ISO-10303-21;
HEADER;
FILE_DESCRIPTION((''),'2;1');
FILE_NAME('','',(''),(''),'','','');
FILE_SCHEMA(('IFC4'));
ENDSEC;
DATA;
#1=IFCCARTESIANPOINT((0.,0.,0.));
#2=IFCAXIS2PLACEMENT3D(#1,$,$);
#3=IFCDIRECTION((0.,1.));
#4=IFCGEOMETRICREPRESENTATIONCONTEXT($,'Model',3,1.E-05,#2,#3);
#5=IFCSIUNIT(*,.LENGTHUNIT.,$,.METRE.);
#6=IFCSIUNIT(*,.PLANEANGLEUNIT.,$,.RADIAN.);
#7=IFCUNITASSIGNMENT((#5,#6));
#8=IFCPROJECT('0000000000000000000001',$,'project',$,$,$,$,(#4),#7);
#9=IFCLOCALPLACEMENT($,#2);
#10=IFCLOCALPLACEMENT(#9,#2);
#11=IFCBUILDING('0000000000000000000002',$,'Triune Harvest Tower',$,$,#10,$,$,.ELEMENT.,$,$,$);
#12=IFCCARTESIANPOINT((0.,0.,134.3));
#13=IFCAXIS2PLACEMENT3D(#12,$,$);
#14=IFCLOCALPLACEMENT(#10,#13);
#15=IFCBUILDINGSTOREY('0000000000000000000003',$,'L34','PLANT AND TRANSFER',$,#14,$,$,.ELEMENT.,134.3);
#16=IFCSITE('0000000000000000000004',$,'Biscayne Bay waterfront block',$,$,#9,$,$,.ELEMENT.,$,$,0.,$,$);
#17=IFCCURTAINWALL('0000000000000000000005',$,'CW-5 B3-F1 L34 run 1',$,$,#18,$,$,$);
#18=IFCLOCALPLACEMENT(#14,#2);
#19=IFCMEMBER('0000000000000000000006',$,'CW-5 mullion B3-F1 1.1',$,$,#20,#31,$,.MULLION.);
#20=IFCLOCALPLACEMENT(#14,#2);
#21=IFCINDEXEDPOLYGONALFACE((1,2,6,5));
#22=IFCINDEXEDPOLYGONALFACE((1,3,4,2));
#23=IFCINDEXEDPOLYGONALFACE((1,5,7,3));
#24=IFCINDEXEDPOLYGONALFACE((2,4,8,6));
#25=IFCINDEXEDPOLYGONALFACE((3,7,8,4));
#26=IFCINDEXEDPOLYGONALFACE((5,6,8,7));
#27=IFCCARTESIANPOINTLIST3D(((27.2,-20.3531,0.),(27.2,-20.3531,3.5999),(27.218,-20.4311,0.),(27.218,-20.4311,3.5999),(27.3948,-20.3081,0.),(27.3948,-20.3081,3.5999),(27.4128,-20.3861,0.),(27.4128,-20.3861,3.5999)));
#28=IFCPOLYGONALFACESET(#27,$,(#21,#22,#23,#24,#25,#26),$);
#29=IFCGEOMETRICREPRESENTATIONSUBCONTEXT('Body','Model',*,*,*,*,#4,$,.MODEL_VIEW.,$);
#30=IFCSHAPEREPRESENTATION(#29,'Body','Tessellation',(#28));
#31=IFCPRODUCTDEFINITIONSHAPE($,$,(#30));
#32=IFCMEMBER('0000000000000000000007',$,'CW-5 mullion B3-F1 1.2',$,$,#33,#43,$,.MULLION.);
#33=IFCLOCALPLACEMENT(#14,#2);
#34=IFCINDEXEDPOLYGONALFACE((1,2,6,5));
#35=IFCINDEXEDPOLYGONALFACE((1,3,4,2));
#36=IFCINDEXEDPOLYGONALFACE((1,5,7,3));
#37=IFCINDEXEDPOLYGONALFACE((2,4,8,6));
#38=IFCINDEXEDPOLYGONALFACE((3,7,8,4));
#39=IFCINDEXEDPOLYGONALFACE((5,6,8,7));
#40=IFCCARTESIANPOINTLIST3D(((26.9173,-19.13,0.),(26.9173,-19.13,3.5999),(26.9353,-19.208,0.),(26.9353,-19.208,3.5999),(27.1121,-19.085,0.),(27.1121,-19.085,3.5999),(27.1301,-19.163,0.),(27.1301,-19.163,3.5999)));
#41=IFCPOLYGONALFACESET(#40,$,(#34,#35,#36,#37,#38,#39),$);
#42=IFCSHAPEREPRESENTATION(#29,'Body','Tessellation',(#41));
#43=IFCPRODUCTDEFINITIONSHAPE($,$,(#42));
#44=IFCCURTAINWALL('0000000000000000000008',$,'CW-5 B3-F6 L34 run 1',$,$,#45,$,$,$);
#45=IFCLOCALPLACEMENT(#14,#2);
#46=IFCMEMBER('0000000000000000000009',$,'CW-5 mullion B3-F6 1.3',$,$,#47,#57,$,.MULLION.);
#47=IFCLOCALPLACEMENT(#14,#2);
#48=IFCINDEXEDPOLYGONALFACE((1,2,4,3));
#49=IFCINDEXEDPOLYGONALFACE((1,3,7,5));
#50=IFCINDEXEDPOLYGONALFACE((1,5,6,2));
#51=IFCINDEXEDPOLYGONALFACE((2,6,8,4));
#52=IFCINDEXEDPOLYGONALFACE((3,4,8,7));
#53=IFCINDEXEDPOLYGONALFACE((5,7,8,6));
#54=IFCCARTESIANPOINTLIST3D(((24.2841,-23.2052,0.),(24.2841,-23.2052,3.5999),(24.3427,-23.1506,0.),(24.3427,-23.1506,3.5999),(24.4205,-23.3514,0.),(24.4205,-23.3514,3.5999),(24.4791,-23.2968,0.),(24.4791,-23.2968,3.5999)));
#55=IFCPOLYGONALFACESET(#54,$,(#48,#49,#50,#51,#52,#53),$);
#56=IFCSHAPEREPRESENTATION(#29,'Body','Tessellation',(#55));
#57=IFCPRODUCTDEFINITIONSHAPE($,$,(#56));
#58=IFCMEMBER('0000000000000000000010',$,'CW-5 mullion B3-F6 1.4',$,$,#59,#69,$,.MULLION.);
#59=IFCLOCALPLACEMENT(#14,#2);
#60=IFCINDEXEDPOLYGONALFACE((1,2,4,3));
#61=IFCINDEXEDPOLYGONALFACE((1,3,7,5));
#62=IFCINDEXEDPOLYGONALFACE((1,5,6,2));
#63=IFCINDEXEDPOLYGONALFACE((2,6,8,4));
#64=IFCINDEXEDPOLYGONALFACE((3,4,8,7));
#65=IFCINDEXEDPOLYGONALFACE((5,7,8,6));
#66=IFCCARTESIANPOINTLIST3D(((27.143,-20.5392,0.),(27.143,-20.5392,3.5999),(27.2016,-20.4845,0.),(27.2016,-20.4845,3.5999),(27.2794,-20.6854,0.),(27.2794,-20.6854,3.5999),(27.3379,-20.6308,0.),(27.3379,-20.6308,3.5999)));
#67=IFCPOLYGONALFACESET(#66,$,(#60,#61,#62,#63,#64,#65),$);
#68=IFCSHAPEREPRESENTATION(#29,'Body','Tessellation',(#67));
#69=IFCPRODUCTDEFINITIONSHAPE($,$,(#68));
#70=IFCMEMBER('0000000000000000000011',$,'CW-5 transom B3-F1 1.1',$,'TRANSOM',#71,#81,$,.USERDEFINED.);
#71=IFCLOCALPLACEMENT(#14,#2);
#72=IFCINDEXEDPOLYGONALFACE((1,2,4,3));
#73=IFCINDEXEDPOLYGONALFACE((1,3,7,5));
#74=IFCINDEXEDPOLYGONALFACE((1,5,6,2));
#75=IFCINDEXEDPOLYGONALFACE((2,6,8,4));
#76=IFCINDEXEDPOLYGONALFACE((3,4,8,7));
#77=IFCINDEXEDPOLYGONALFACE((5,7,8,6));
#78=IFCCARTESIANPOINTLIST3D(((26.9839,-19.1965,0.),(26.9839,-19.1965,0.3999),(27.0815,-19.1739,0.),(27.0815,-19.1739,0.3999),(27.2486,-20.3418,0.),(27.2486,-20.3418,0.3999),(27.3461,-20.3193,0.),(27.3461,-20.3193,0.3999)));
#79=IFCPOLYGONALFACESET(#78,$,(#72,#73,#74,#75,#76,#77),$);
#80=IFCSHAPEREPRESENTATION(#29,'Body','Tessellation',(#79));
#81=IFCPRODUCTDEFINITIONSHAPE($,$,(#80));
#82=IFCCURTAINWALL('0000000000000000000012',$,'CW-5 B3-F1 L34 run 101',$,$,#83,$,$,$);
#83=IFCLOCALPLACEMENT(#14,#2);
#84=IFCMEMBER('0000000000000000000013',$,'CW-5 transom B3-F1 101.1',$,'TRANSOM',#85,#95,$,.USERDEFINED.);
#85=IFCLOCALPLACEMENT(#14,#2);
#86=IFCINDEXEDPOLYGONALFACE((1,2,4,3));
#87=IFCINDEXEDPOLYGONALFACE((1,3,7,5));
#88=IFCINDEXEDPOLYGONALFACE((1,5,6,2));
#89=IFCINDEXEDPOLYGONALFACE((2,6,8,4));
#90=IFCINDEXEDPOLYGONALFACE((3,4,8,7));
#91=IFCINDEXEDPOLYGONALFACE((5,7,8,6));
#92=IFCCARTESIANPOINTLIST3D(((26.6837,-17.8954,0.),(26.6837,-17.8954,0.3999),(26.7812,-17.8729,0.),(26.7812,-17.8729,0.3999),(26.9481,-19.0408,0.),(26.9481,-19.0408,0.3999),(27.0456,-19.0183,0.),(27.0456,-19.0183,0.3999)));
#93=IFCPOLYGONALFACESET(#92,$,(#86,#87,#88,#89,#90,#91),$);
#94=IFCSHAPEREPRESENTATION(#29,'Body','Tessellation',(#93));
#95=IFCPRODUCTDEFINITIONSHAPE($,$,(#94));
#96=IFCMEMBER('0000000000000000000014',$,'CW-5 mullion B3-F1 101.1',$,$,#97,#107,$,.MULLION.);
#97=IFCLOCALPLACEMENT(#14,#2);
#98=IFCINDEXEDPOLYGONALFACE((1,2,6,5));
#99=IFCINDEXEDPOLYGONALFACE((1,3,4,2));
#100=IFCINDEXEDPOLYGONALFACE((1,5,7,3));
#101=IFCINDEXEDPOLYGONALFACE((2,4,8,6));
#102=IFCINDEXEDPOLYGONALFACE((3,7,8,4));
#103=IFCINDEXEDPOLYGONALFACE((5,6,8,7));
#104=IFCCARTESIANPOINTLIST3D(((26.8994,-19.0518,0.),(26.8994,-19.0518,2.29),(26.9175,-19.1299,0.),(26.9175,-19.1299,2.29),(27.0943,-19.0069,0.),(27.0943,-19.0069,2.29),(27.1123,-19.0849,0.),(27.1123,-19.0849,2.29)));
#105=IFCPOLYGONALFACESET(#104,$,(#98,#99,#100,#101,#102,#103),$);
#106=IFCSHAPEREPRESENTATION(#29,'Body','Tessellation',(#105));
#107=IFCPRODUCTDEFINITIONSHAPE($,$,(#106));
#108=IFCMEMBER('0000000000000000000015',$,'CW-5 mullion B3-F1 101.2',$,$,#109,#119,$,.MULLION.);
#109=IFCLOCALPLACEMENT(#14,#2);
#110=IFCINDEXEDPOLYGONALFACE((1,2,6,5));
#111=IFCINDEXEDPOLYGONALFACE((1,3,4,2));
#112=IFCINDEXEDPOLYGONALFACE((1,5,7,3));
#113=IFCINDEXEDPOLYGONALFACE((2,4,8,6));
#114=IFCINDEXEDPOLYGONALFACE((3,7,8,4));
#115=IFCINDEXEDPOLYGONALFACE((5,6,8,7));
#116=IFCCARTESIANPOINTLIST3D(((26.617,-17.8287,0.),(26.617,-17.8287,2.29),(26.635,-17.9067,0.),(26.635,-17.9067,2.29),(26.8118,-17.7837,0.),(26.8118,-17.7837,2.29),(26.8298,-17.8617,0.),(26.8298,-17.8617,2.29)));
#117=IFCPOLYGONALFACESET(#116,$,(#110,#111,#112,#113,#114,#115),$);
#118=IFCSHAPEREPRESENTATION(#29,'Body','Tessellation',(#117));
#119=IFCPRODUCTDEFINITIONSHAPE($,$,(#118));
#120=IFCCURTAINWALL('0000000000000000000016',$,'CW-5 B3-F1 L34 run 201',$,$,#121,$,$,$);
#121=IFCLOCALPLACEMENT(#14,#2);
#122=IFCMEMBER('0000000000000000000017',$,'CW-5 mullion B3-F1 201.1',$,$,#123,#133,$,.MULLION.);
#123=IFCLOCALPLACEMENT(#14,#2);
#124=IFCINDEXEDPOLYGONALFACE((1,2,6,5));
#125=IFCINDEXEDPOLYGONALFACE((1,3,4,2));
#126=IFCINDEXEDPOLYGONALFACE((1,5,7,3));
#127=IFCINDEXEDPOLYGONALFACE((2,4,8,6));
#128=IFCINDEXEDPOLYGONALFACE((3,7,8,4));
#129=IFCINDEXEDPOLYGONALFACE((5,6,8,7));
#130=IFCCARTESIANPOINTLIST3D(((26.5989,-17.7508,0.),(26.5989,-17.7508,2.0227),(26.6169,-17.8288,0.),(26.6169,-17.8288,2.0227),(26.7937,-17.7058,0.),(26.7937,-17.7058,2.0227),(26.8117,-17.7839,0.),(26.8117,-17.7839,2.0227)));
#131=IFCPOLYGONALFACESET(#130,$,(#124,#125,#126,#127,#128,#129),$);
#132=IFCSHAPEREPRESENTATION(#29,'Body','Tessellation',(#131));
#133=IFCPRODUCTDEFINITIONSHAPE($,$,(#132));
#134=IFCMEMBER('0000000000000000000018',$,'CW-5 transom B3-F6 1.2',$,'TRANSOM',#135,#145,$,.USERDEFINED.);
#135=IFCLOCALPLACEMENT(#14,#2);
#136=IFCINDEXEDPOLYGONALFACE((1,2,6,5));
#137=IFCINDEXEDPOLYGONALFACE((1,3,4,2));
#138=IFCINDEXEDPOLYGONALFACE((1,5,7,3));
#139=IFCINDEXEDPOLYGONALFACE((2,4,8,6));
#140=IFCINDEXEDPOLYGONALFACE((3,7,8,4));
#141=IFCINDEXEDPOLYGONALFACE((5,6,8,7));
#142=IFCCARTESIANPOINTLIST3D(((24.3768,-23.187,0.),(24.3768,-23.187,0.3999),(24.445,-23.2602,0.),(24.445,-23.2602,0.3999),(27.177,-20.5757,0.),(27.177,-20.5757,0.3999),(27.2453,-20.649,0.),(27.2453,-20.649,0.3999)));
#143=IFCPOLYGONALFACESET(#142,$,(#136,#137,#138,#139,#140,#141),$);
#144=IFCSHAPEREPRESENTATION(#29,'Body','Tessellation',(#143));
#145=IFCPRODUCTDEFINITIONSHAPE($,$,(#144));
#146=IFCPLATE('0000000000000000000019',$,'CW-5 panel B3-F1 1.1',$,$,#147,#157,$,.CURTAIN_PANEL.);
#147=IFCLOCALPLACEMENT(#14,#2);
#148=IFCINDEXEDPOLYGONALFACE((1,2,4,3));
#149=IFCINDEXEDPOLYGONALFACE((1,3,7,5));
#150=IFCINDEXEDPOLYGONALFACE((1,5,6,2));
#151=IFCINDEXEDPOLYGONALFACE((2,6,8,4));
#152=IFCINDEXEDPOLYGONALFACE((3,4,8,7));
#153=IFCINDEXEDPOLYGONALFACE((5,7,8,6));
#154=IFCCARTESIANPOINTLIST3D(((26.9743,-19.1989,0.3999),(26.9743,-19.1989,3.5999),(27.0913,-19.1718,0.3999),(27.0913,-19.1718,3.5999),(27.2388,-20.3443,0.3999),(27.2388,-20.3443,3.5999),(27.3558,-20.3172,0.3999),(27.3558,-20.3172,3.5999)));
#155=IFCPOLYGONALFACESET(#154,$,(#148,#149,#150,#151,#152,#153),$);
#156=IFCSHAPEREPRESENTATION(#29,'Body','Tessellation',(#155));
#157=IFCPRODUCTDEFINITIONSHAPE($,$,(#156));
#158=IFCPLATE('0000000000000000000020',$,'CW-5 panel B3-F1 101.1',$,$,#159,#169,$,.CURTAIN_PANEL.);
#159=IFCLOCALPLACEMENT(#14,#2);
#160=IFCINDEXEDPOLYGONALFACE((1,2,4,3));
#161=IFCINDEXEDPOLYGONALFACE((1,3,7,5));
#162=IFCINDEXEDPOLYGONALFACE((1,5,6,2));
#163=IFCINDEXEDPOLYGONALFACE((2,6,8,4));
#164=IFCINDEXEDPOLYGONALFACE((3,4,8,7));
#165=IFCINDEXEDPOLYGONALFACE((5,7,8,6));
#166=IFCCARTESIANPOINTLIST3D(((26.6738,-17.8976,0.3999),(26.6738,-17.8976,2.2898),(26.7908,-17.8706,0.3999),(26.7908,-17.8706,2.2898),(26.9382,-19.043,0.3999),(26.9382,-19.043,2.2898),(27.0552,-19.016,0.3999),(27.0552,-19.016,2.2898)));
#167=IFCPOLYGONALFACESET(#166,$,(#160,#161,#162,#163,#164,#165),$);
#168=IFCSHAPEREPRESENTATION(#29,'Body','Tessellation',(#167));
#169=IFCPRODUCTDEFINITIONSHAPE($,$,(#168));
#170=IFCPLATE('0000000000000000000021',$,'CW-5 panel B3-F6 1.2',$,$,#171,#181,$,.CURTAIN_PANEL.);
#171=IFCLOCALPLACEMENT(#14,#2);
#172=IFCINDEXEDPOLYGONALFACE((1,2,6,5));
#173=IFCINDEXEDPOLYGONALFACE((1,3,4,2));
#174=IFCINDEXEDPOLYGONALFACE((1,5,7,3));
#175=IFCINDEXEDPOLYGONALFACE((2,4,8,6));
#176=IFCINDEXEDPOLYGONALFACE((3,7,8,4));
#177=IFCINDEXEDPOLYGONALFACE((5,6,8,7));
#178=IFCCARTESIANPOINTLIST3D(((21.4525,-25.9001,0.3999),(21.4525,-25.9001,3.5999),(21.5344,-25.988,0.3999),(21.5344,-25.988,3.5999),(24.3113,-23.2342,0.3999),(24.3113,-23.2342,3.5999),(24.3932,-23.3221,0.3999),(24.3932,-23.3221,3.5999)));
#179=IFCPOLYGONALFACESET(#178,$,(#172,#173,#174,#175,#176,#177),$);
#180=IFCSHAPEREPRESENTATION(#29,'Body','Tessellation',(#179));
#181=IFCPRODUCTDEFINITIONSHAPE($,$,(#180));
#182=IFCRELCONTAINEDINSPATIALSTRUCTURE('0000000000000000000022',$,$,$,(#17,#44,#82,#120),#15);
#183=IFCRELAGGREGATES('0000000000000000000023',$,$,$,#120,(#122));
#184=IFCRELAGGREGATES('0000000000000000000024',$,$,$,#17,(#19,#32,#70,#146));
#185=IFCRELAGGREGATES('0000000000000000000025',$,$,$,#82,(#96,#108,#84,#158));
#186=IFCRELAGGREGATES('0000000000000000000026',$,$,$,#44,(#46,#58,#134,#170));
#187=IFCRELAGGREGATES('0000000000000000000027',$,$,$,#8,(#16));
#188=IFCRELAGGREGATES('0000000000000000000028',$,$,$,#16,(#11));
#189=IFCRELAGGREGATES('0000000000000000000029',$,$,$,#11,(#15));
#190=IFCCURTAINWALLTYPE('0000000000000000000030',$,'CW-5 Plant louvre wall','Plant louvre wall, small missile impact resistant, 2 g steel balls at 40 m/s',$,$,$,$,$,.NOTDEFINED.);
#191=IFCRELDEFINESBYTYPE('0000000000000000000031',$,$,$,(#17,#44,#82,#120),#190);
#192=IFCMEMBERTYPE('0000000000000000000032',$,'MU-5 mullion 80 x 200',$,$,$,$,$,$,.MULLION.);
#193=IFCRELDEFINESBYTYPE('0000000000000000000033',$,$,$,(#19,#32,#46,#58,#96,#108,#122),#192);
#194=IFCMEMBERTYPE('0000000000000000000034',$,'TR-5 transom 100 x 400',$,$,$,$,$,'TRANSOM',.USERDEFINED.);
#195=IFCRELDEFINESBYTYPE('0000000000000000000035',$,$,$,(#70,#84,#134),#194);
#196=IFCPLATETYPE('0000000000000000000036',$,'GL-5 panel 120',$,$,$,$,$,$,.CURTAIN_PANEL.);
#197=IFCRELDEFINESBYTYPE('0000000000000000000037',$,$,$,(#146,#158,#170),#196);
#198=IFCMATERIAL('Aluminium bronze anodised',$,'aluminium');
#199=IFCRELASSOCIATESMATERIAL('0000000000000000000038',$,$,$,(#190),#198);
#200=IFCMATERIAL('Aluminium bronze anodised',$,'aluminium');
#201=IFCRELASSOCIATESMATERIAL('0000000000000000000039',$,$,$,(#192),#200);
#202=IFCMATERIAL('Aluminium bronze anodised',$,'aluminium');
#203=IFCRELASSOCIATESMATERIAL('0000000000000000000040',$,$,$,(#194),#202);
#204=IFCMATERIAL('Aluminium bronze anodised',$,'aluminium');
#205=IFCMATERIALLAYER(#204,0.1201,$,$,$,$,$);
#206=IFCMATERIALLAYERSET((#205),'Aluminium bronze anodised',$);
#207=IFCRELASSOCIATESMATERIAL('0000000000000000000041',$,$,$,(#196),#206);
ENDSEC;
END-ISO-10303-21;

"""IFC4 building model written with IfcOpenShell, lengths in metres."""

from ifc_helpers import new_model, si_unit, direction, frame, origin, origin_2d, place, context, subcontext, project, spatial, rectangle, extrude, source, transform, mapped, material, layer, layer_set, material_profile, profile_set, type_object, element, aggregate, save


model = new_model("IFC4")

# Units and contexts
model_context = context("Model", 3, precision=1e-05, world=origin(), true_north=direction((0.0, 1.0)))
body_context = subcontext(model_context, "Body", "Model", "MODEL_VIEW")
ifc_project = project(units=[si_unit("LENGTHUNIT", "METRE"), si_unit("PLANEANGLEUNIT", "RADIAN")], contexts=[model_context])

# Site, building, storey
site_placement = place(None, origin())
site = spatial("IfcSite", under=ifc_project, at=site_placement, Name="Biscayne Bay waterfront block", CompositionType="ELEMENT", RefElevation=0.0)
building_placement = place(site_placement, origin())
building = spatial("IfcBuilding", under=site, at=building_placement, Name="Triune Harvest Tower", CompositionType="ELEMENT")
storey_placement = place(building_placement, frame((0.0, 0.0, 134.3)))
storey = spatial("IfcBuildingStorey", under=building, at=storey_placement, Name="L34", Description="PLANT AND TRANSFER", CompositionType="ELEMENT", Elevation=134.3)

# Curtain walls, members
ifc_material_1 = material(Name="Aluminium bronze anodised", Category="aluminium")
curtain_wall_type = type_object("IfcCurtainWallType", Name="CW-5 Plant louvre wall", Description="Plant louvre wall, small missile impact resistant, 2 g steel balls at 40 m/s", PredefinedType="NOTDEFINED", material=ifc_material_1)
curtain_wall_1_placement = place(storey_placement, origin())
curtain_wall_1 = element("IfcCurtainWall", 1, at=curtain_wall_1_placement, inside=storey, type_object=curtain_wall_type, Name="CW-5 B3-F1 L34 run 1")
ifc_material_2 = material(Name="Aluminium bronze anodised", Category="aluminium")
ifc_material_profile_1 = material_profile(ifc_material_2, rectangle(XDim=0.2, YDim=0.0801, at=origin_2d()), Name="MU-5 mullion 80 x 200")
ifc_profile_set_1 = profile_set([ifc_material_profile_1], Name="Aluminium bronze anodised")
member_type_1 = type_object("IfcMemberType", Name="MU-5 mullion 80 x 200", PredefinedType="MULLION", material=ifc_profile_set_1)
shared_shape_1 = source(origin(), body_context, "Body", "SweptSolid", [
    extrude(rectangle(XDim=0.2, YDim=0.0801, at=origin_2d()), origin(), (0.0, 0.0, 1.0), 3.5999),
])
member_1_placement = place(storey_placement, frame((27.3064, -20.3696, 0.0), z_axis=(0.0, 0.0, 1.0), x_axis=(-0.974355, -0.225018, 0.0)))
member_1 = element("IfcMember", 2, at=member_1_placement, type_object=member_type_1, Name="CW-5 mullion B3-F1 1.1", PredefinedType="MULLION", context=body_context, shape_type="MappedRepresentation", body=[
    mapped(shared_shape_1, transform((0.0, 0.0, 0.0), scale=1.0)),
])
member_2_placement = place(storey_placement, frame((27.0237, -19.1465, 0.0), z_axis=(0.0, 0.0, 1.0), x_axis=(-0.974355, -0.225018, 0.0)))
member_2 = element("IfcMember", 3, at=member_2_placement, type_object=member_type_1, Name="CW-5 mullion B3-F1 1.2", PredefinedType="MULLION", context=body_context, shape_type="MappedRepresentation", body=[
    mapped(shared_shape_1, transform((0.0, 0.0, 0.0), scale=1.0)),
])
curtain_wall_2_placement = place(storey_placement, origin())
curtain_wall_2 = element("IfcCurtainWall", 4, at=curtain_wall_2_placement, inside=storey, type_object=curtain_wall_type, Name="CW-5 B3-F6 L34 run 1")
member_3_placement = place(storey_placement, frame((24.3816, -23.251, 0.0), z_axis=(0.0, 0.0, 1.0), x_axis=(-0.682002, 0.73135, 0.0)))
member_3 = element("IfcMember", 5, at=member_3_placement, type_object=member_type_1, Name="CW-5 mullion B3-F6 1.3", PredefinedType="MULLION", context=body_context, shape_type="MappedRepresentation", body=[
    mapped(shared_shape_1, transform((0.0, 0.0, 0.0), scale=1.0)),
])
member_4_placement = place(storey_placement, frame((27.2405, -20.585, 0.0), z_axis=(0.0, 0.0, 1.0), x_axis=(-0.682002, 0.73135, 0.0)))
member_4 = element("IfcMember", 6, at=member_4_placement, type_object=member_type_1, Name="CW-5 mullion B3-F6 1.4", PredefinedType="MULLION", context=body_context, shape_type="MappedRepresentation", body=[
    mapped(shared_shape_1, transform((0.0, 0.0, 0.0), scale=1.0)),
])

# Member
ifc_material_3 = material(Name="Aluminium bronze anodised", Category="aluminium")
ifc_material_profile_2 = material_profile(ifc_material_3, rectangle(XDim=0.1001, YDim=0.3999, at=origin_2d()), Name="TR-5 transom 100 x 400")
ifc_profile_set_2 = profile_set([ifc_material_profile_2], Name="Aluminium bronze anodised")
member_type_2 = type_object("IfcMemberType", Name="TR-5 transom 100 x 400", ElementType="TRANSOM", PredefinedType="USERDEFINED", material=ifc_profile_set_2)
shared_shape_2 = source(origin(), body_context, "Body", "SweptSolid", [
    extrude(rectangle(XDim=0.1001, YDim=0.3999, at=origin_2d()), origin(), (0.0, 0.0, 1.0), 1.1755),
])
member_5_placement = place(storey_placement, frame((27.2974, -20.3306, 0.2), z_axis=(-0.225148, 0.974325, 0.0), x_axis=(-0.974325, -0.225148, 0.0)))
member_5 = element("IfcMember", 7, at=member_5_placement, type_object=member_type_2, Name="CW-5 transom B3-F1 1.1", ObjectType="TRANSOM", PredefinedType="USERDEFINED", context=body_context, shape_type="MappedRepresentation", body=[
    mapped(shared_shape_2, transform((0.0, 0.0, 0.0), scale=1.0)),
])

# Curtain wall, members
curtain_wall_3_placement = place(storey_placement, origin())
curtain_wall_3 = element("IfcCurtainWall", 8, at=curtain_wall_3_placement, inside=storey, type_object=curtain_wall_type, Name="CW-5 B3-F1 L34 run 101")
member_6_placement = place(storey_placement, frame((26.9968, -19.0295, 0.2), z_axis=(-0.224905, 0.974381, 0.0), x_axis=(-0.974381, -0.224905, 0.0)))
member_6 = element("IfcMember", 9, at=member_6_placement, type_object=member_type_2, Name="CW-5 transom B3-F1 101.1", ObjectType="TRANSOM", PredefinedType="USERDEFINED", context=body_context, shape_type="MappedRepresentation", body=[
    mapped(shared_shape_2, transform((0.0, 0.0, 0.0), scale=1.0)),
])
shared_shape_3 = source(origin(), body_context, "Body", "SweptSolid", [
    extrude(rectangle(XDim=0.2, YDim=0.0801, at=origin_2d()), origin(), (0.0, 0.0, 1.0), 2.29),
])
member_7_placement = place(storey_placement, frame((27.0059, -19.0684, 0.0), z_axis=(0.0, 0.0, 1.0), x_axis=(-0.974371, -0.224947, 0.0)))
member_7 = element("IfcMember", 10, at=member_7_placement, type_object=member_type_1, Name="CW-5 mullion B3-F1 101.1", PredefinedType="MULLION", context=body_context, shape_type="MappedRepresentation", body=[
    mapped(shared_shape_3, transform((0.0, 0.0, 0.0), scale=1.0)),
])
member_8_placement = place(storey_placement, frame((26.7234, -17.8452, 0.0), z_axis=(0.0, 0.0, 1.0), x_axis=(-0.974371, -0.224947, 0.0)))
member_8 = element("IfcMember", 11, at=member_8_placement, type_object=member_type_1, Name="CW-5 mullion B3-F1 101.2", PredefinedType="MULLION", context=body_context, shape_type="MappedRepresentation", body=[
    mapped(shared_shape_3, transform((0.0, 0.0, 0.0), scale=1.0)),
])

# Curtain wall, member
curtain_wall_4_placement = place(storey_placement, origin())
curtain_wall_4 = element("IfcCurtainWall", 12, at=curtain_wall_4_placement, inside=storey, type_object=curtain_wall_type, Name="CW-5 B3-F1 L34 run 201")
shared_shape_4 = source(origin(), body_context, "Body", "SweptSolid", [
    extrude(rectangle(XDim=0.2, YDim=0.0801, at=origin_2d()), origin(), (0.0, 0.0, 1.0), 2.0227),
])
member_9_placement = place(storey_placement, frame((26.7053, -17.7673, 0.0), z_axis=(0.0, 0.0, 1.0), x_axis=(-0.974382, -0.224901, 0.0)))
member_9 = element("IfcMember", 13, at=member_9_placement, type_object=member_type_1, Name="CW-5 mullion B3-F1 201.1", PredefinedType="MULLION", context=body_context, shape_type="MappedRepresentation", body=[
    mapped(shared_shape_4, transform((0.0, 0.0, 0.0), scale=1.0)),
])
aggregate(curtain_wall_4, [member_9])

# Member
shared_shape_5 = source(origin(), body_context, "Body", "SweptSolid", [
    extrude(rectangle(XDim=0.1001, YDim=0.3999, at=origin_2d()), origin(), (0.0, 0.0, 1.0), 3.8289),
])
member_10_placement = place(storey_placement, frame((24.4109, -23.2236, 0.2), z_axis=(0.731352, 0.682, 0.0), x_axis=(-0.682, 0.731352, 0.0)))
member_10 = element("IfcMember", 14, at=member_10_placement, type_object=member_type_2, Name="CW-5 transom B3-F6 1.2", ObjectType="TRANSOM", PredefinedType="USERDEFINED", context=body_context, shape_type="MappedRepresentation", body=[
    mapped(shared_shape_5, transform((0.0, 0.0, 0.0), scale=1.0)),
])

# Plates
ifc_material_4 = material(Name="Aluminium bronze anodised", Category="aluminium")
ifc_layer = layer(ifc_material_4, 0.1201)
ifc_layer_set = layer_set([ifc_layer], Name="Aluminium bronze anodised")
plate_type = type_object("IfcPlateType", Name="GL-5 panel 120", PredefinedType="CURTAIN_PANEL", material=ifc_layer_set)
shared_shape_6 = source(origin(), body_context, "Body", "SweptSolid", [
    extrude(rectangle(XDim=1.1755, YDim=0.1201, at=origin_2d()), origin(), (0.0, 0.0, 1.0), 3.2),
])
plate_1_placement = place(storey_placement, frame((27.165, -19.7581, 0.3999), z_axis=(0.0, 0.0, 1.0), x_axis=(-0.225018, 0.974355, 0.0)))
plate_1 = element("IfcPlate", 15, at=plate_1_placement, type_object=plate_type, Name="CW-5 panel B3-F1 1.1", PredefinedType="CURTAIN_PANEL", context=body_context, shape_type="MappedRepresentation", body=[
    mapped(shared_shape_6, transform((0.0, 0.0, 0.0), scale=1.0)),
])
aggregate(curtain_wall_1, [member_1, member_2, member_5, plate_1])
shared_shape_7 = source(origin(), body_context, "Body", "SweptSolid", [
    extrude(rectangle(XDim=1.1755, YDim=0.1201, at=origin_2d()), origin(), (0.0, 0.0, 1.0), 1.8899),
])
plate_2_placement = place(storey_placement, frame((26.8645, -18.4568, 0.3999), z_axis=(0.0, 0.0, 1.0), x_axis=(-0.224947, 0.974371, 0.0)))
plate_2 = element("IfcPlate", 16, at=plate_2_placement, type_object=plate_type, Name="CW-5 panel B3-F1 101.1", PredefinedType="CURTAIN_PANEL", context=body_context, shape_type="MappedRepresentation", body=[
    mapped(shared_shape_7, transform((0.0, 0.0, 0.0), scale=1.0)),
])
aggregate(curtain_wall_3, [member_7, member_8, member_6, plate_2])
shared_shape_8 = source(origin(), body_context, "Body", "SweptSolid", [
    extrude(rectangle(XDim=3.9089, YDim=0.1201, at=origin_2d()), origin(), (0.0, 0.0, 1.0), 3.2),
])
plate_3_placement = place(storey_placement, frame((22.9229, -24.6111, 0.3999), z_axis=(0.0, 0.0, 1.0), x_axis=(0.73135, 0.682002, 0.0)))
plate_3 = element("IfcPlate", 17, at=plate_3_placement, type_object=plate_type, Name="CW-5 panel B3-F6 1.2", PredefinedType="CURTAIN_PANEL", context=body_context, shape_type="MappedRepresentation", body=[
    mapped(shared_shape_8, transform((0.0, 0.0, 0.0), scale=1.0)),
])
aggregate(curtain_wall_2, [member_3, member_4, member_10, plate_3])

save(model, "model.ifc")
